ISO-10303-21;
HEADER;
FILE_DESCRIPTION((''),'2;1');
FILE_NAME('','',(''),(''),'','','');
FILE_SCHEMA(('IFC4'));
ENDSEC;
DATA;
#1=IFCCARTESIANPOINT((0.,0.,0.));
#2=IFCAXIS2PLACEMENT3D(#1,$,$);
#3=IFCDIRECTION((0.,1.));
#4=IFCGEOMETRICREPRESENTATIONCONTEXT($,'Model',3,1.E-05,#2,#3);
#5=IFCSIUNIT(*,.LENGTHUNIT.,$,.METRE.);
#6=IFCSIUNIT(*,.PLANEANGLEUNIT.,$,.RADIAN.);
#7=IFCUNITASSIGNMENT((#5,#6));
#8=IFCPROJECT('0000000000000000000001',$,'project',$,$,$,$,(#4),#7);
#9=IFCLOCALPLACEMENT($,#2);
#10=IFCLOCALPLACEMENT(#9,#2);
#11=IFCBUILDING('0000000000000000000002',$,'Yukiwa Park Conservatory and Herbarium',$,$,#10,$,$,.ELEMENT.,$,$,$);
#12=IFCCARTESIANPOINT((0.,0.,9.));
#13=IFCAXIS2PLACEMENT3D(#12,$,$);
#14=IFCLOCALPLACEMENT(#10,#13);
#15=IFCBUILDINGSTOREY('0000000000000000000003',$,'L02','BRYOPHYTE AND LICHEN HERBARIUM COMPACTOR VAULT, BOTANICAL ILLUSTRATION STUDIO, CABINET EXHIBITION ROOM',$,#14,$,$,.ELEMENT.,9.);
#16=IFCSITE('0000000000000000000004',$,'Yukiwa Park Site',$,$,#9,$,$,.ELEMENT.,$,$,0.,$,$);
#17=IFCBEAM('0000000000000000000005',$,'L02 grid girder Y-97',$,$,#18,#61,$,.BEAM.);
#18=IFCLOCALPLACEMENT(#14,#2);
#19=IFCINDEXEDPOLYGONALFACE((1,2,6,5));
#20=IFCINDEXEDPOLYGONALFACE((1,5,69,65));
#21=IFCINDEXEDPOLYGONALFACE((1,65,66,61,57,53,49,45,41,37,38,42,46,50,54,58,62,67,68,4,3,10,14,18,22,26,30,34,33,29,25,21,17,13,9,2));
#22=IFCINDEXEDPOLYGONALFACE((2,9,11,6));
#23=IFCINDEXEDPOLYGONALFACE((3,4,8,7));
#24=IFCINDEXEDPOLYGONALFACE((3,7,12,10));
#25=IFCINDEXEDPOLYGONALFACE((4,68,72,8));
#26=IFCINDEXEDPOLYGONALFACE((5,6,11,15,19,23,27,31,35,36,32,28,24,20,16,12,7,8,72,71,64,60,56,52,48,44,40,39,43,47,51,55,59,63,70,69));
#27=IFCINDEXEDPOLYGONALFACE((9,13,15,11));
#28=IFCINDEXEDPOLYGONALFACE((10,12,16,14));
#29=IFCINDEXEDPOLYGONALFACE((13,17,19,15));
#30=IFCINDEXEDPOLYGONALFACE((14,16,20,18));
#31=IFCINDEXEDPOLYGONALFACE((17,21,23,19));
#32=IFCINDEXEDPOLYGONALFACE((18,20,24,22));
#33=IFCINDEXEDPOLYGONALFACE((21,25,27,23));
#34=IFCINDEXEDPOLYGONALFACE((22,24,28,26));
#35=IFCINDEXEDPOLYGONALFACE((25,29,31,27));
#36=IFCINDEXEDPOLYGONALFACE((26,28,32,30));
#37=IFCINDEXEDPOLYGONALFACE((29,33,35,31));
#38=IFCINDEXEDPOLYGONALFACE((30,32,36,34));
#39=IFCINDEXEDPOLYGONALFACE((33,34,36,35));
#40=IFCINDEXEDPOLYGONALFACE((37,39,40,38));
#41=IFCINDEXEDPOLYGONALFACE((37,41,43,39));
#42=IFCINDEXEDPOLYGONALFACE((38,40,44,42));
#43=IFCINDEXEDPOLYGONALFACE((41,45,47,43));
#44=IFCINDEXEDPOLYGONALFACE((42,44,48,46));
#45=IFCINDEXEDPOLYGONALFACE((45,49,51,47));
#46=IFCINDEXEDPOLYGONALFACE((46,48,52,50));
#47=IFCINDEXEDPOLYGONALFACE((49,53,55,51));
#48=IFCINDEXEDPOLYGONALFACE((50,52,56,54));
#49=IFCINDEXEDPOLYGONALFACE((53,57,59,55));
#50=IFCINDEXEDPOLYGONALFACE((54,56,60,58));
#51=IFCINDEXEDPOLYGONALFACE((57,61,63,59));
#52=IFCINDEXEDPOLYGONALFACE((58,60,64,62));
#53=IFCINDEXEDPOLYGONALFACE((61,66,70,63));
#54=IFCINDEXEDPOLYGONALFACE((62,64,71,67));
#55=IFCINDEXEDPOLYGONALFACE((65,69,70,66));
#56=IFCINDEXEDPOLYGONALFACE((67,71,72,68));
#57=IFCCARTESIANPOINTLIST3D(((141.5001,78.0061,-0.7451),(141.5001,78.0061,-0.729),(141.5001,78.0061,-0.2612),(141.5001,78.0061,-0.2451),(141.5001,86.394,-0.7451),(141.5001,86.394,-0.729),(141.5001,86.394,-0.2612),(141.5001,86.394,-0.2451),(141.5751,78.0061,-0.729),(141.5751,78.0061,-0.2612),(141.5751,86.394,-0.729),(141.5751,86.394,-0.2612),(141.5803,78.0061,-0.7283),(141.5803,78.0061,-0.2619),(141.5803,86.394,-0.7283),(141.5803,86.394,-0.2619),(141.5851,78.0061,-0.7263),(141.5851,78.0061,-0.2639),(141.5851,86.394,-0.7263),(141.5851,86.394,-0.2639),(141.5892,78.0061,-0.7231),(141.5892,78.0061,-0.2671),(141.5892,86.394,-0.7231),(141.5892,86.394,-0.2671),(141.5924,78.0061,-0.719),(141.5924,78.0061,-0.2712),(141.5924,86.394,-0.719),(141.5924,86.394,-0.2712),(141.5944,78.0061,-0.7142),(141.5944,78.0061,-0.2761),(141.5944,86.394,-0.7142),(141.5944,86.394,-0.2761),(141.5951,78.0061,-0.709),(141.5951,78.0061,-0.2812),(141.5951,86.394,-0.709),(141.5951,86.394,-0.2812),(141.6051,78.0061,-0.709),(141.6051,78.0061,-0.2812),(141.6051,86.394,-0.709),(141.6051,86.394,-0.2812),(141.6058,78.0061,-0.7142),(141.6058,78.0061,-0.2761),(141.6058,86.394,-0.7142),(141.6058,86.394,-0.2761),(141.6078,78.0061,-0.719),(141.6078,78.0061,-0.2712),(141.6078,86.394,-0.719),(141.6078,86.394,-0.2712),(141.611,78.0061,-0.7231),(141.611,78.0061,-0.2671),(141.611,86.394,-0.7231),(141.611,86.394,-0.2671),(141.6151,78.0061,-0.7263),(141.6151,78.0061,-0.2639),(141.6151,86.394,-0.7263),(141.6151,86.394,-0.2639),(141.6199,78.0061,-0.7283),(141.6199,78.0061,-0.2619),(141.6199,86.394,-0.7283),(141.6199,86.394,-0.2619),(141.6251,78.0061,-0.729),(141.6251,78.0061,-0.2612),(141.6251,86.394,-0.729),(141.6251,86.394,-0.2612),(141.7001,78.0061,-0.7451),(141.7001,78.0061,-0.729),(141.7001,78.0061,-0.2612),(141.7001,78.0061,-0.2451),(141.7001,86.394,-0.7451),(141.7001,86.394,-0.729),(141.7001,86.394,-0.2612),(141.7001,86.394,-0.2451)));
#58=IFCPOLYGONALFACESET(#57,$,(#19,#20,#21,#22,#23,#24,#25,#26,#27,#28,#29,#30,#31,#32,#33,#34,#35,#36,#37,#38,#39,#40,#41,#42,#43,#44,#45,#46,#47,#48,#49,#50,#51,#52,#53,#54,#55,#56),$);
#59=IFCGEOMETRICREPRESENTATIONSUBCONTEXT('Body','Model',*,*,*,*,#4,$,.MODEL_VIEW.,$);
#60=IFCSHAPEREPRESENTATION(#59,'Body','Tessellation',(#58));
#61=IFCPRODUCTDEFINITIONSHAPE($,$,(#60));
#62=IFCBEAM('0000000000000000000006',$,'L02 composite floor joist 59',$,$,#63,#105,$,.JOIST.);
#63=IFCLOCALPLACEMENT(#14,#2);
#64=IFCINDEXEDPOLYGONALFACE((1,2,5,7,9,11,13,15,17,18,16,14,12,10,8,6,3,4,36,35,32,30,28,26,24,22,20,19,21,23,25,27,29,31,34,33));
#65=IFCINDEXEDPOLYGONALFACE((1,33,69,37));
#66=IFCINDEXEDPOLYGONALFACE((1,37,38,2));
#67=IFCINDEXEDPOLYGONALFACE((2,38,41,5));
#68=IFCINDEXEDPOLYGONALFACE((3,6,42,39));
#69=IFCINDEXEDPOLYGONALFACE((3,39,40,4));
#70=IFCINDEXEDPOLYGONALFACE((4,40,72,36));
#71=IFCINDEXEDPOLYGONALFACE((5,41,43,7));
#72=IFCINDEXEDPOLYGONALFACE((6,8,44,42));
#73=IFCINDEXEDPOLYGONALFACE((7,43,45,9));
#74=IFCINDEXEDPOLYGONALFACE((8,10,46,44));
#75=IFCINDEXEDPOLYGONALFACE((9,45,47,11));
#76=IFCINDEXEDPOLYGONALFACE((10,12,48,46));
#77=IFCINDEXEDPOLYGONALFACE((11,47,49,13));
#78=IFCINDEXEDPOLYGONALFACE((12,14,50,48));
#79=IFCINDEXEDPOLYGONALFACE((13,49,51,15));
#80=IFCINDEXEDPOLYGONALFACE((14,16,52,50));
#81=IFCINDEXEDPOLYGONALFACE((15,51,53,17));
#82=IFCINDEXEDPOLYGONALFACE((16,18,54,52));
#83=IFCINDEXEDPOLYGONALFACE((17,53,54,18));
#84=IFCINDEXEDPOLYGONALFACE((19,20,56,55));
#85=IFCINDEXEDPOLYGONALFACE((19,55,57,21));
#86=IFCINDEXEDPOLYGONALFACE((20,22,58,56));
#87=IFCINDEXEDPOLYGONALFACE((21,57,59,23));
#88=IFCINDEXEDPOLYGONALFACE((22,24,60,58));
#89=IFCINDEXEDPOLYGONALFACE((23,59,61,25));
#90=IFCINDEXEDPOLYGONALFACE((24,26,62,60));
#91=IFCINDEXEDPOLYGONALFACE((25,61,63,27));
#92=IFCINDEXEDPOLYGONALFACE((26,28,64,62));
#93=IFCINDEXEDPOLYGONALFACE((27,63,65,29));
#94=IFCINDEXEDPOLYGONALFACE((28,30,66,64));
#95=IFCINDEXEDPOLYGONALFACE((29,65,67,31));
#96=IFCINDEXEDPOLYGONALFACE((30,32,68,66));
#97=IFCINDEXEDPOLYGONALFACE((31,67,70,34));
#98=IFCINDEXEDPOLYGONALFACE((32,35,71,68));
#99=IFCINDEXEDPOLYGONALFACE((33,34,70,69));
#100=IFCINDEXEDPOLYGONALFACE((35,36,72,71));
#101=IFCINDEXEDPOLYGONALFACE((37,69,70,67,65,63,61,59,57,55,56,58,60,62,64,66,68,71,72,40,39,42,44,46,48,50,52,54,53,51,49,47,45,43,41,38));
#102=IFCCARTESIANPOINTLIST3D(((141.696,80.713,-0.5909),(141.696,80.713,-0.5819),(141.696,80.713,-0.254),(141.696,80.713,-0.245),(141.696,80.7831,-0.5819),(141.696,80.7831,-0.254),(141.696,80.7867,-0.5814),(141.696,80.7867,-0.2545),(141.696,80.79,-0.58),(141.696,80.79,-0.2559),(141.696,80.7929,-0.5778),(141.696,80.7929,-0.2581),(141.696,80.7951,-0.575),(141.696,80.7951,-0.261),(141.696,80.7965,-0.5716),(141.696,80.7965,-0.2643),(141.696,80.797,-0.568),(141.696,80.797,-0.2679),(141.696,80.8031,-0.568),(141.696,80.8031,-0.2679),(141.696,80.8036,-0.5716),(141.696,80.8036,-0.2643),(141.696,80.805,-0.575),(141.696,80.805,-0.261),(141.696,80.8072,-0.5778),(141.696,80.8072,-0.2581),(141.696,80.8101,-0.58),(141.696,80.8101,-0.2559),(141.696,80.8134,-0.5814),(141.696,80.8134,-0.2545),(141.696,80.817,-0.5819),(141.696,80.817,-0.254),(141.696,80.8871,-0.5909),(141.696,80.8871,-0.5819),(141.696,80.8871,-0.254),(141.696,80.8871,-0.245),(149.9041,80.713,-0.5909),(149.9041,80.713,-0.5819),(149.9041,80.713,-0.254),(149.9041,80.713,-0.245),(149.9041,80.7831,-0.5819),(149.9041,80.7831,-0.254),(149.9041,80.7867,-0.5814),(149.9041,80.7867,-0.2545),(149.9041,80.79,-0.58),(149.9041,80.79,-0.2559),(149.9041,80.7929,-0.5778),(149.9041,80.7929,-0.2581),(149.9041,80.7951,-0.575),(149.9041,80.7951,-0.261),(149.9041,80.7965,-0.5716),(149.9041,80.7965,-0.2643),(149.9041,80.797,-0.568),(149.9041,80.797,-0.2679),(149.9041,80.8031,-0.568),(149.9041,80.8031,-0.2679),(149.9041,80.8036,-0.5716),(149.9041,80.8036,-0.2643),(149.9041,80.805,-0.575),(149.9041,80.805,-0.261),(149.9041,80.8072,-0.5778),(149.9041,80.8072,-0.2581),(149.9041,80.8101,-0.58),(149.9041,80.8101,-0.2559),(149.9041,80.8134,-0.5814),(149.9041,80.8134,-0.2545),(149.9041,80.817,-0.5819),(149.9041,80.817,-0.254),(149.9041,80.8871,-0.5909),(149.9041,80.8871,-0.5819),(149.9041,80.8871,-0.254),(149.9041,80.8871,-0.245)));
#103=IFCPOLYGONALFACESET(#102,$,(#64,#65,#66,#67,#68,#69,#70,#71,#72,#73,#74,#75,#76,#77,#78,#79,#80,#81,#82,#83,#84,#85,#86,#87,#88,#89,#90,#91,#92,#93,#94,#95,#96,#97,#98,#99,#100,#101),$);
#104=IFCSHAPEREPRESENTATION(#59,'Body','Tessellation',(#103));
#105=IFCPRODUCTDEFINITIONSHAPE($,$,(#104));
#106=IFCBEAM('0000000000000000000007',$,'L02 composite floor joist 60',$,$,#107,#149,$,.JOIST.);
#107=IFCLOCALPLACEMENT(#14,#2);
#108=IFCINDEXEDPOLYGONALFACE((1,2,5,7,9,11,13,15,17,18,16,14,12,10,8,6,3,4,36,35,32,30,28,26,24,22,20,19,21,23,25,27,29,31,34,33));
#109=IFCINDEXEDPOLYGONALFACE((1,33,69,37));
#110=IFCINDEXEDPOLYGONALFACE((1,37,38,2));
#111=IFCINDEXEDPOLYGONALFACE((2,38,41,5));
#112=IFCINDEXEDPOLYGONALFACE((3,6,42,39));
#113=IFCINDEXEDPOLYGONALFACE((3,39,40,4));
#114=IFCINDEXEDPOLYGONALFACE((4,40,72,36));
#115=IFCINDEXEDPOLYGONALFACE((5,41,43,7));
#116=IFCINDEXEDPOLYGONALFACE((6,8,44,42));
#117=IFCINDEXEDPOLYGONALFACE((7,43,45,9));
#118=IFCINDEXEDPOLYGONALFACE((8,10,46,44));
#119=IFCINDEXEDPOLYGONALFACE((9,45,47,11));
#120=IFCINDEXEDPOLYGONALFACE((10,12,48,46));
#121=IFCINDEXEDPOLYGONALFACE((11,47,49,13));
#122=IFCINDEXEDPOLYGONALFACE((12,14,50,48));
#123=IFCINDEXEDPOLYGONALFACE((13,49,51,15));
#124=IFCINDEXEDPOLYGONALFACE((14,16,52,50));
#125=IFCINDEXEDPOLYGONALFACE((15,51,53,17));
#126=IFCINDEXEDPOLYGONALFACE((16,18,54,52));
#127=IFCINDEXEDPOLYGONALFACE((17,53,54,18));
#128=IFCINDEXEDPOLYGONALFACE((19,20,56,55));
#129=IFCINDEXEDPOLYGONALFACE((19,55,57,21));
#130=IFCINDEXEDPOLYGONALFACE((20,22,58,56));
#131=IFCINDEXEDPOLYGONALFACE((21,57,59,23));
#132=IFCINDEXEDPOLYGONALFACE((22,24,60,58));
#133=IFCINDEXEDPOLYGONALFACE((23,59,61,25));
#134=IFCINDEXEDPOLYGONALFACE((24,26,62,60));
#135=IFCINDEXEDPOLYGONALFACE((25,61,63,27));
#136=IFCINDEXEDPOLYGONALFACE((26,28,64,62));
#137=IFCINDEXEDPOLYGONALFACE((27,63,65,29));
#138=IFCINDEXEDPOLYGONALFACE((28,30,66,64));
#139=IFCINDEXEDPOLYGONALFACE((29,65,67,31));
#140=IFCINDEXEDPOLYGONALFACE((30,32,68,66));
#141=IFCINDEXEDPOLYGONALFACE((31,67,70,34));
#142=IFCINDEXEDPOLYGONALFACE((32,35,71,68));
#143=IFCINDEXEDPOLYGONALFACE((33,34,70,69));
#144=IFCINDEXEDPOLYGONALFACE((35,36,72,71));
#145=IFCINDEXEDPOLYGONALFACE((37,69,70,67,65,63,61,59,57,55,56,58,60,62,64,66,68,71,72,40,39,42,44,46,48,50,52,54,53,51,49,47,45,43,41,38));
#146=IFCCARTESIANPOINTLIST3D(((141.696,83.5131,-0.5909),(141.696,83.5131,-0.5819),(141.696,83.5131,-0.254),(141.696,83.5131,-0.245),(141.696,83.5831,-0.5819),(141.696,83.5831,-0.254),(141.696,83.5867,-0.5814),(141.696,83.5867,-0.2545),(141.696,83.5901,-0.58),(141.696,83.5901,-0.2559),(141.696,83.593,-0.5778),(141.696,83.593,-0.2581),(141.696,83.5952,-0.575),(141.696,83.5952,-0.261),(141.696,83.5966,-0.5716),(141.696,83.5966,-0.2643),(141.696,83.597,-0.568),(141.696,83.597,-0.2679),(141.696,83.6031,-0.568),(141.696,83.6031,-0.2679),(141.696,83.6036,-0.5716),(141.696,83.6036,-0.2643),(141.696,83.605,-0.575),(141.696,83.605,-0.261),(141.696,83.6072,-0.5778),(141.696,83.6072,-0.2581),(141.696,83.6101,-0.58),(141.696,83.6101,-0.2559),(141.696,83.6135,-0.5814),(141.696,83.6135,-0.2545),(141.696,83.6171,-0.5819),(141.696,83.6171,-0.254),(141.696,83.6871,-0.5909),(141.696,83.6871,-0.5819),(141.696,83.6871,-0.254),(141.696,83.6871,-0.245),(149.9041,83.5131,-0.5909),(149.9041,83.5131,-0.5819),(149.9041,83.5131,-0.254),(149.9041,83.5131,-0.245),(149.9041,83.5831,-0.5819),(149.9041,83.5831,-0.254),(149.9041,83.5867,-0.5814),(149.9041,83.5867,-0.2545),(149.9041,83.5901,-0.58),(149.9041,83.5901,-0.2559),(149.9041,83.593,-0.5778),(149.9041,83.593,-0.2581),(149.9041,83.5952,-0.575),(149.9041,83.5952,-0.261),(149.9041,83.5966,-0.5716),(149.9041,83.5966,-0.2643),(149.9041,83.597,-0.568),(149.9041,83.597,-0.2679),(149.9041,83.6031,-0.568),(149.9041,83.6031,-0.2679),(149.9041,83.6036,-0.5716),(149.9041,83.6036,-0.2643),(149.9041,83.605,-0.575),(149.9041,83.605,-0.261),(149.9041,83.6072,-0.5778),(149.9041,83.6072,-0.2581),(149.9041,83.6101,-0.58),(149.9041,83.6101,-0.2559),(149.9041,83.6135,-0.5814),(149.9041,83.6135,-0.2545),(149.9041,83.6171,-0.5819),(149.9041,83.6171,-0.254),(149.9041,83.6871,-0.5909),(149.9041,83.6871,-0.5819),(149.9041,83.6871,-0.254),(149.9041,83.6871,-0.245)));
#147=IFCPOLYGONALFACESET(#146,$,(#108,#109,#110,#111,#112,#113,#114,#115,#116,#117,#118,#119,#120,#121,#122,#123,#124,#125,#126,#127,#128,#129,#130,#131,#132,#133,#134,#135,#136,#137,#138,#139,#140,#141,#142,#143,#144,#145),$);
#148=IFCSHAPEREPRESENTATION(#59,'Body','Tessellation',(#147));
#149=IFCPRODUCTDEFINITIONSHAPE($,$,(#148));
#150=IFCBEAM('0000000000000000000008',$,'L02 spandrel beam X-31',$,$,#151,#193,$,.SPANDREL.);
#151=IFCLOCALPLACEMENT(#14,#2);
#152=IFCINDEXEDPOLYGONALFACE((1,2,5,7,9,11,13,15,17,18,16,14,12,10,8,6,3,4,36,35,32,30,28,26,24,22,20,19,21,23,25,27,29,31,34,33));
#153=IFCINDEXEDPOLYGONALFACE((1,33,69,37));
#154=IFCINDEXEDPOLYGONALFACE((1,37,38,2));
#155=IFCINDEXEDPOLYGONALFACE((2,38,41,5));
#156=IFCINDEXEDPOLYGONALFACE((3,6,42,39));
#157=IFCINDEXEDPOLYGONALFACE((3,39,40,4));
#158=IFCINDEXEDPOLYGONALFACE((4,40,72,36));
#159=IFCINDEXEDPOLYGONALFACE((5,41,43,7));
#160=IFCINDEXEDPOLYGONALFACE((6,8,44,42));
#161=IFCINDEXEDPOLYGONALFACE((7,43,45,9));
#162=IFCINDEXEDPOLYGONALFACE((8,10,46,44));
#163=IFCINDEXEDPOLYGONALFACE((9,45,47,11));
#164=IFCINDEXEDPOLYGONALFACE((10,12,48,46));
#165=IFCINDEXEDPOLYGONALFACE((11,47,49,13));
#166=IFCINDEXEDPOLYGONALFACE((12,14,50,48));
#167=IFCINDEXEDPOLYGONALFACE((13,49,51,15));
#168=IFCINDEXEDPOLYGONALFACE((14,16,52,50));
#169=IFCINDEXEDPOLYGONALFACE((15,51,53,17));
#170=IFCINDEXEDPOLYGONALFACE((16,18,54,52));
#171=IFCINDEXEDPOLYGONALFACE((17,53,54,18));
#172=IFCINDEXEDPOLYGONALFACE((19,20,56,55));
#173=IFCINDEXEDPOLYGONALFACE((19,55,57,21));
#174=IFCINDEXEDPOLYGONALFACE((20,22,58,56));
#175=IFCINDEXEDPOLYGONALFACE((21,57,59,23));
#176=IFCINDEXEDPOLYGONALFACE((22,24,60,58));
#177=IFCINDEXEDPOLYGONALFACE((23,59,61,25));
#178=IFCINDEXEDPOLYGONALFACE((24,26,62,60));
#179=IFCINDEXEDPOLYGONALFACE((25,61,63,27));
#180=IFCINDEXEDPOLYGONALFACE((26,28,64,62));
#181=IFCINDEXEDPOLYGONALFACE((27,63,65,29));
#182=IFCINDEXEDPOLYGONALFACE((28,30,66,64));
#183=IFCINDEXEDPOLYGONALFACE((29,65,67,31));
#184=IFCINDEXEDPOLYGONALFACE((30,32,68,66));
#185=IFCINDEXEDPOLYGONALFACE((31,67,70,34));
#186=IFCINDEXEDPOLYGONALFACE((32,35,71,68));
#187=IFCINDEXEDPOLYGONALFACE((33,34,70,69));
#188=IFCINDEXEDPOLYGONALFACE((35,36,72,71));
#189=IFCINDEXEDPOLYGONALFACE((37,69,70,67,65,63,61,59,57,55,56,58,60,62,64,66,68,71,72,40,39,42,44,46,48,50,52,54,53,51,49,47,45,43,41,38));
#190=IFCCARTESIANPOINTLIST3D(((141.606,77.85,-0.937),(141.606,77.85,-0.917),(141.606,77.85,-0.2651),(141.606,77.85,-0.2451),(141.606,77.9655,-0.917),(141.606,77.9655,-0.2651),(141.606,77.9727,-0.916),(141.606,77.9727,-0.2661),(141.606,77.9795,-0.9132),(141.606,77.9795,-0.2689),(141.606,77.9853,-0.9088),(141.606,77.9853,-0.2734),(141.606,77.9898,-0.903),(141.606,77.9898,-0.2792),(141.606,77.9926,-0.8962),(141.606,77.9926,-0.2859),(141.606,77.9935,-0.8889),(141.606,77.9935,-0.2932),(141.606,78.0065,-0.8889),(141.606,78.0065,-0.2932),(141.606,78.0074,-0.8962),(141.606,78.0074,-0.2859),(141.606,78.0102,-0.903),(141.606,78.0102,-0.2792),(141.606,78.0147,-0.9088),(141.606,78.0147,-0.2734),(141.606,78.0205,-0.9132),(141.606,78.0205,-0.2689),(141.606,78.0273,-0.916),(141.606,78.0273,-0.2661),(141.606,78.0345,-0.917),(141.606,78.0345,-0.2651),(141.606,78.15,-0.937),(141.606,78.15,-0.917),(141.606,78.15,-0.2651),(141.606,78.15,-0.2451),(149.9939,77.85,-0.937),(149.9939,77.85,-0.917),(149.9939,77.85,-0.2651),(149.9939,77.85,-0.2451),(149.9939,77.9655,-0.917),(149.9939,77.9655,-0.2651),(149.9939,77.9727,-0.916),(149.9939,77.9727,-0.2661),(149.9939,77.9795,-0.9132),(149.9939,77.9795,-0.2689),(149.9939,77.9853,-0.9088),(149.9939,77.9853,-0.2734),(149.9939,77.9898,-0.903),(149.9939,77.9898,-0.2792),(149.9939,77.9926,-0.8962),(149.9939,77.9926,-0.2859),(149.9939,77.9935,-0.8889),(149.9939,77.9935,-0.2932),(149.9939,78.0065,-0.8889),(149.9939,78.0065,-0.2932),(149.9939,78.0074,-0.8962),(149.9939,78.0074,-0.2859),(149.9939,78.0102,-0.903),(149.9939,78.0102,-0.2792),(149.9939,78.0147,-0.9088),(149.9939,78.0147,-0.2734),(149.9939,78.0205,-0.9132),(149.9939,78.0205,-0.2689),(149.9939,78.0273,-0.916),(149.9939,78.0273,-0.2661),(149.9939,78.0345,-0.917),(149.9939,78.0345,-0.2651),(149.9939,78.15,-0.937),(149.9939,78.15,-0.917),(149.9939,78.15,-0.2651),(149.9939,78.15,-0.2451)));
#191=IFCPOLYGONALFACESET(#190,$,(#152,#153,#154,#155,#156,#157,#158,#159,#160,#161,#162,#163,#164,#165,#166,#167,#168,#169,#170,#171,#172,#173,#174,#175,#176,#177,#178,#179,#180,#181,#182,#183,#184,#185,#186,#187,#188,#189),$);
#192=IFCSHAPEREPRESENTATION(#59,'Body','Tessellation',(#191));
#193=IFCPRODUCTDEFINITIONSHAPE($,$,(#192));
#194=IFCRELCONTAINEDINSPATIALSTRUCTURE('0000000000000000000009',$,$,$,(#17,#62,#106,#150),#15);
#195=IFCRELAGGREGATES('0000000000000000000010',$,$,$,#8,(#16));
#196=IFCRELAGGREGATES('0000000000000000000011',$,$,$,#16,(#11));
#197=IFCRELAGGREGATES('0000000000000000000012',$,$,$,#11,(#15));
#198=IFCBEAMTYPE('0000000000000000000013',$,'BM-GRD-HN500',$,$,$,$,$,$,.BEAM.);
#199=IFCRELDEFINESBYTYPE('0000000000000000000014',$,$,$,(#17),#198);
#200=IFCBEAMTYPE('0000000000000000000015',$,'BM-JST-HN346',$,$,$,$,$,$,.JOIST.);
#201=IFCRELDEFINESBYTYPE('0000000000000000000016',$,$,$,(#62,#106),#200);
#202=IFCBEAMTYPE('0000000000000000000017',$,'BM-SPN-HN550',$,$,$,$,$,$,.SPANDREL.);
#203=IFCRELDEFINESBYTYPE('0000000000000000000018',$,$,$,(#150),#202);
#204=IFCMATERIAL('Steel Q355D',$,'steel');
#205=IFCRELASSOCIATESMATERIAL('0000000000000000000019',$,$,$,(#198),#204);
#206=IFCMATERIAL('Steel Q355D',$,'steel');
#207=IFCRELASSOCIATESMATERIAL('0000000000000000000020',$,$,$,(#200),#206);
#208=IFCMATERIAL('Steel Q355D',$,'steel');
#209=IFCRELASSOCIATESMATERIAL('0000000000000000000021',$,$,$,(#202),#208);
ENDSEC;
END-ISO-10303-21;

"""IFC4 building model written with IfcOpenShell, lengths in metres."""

from ifc_helpers import new_model, si_unit, direction, frame, origin, origin_2d, place, context, subcontext, project, spatial, i_section, extrude, material, material_profile, profile_set, type_object, element, save


model = new_model("IFC4")

# Units and contexts
model_context = context("Model", 3, precision=1e-05, world=origin(), true_north=direction((0.0, 1.0)))
body_context = subcontext(model_context, "Body", "Model", "MODEL_VIEW")
ifc_project = project(units=[si_unit("LENGTHUNIT", "METRE"), si_unit("PLANEANGLEUNIT", "RADIAN")], contexts=[model_context])

# Site, building, storey
site_placement = place(None, origin())
site = spatial("IfcSite", under=ifc_project, at=site_placement, Name="Yukiwa Park Site", CompositionType="ELEMENT", RefElevation=0.0)
building_placement = place(site_placement, origin())
building = spatial("IfcBuilding", under=site, at=building_placement, Name="Yukiwa Park Conservatory and Herbarium", CompositionType="ELEMENT")
storey_placement = place(building_placement, frame((0.0, 0.0, 9.0)))
storey = spatial("IfcBuildingStorey", under=building, at=storey_placement, Name="L02", Description="BRYOPHYTE AND LICHEN HERBARIUM COMPACTOR VAULT, BOTANICAL ILLUSTRATION STUDIO, CABINET EXHIBITION ROOM", CompositionType="ELEMENT", Elevation=9.0)

# Beams
ifc_material_1 = material(Name="Steel Q355D", Category="steel")
ifc_material_profile_1 = material_profile(ifc_material_1, i_section(OverallWidth=0.2, OverallDepth=0.5, WebThickness=0.01, FlangeThickness=0.0161, FilletRadius=0.02, at=origin_2d()), Name="HN 500x200x10x16")
ifc_profile_set_1 = profile_set([ifc_material_profile_1], Name="Steel Q355D")
beam_type_1 = type_object("IfcBeamType", Name="BM-GRD-HN500", PredefinedType="BEAM", material=ifc_profile_set_1)
beam_1_placement = place(storey_placement, frame((141.6001, 78.0061, -0.4951), z_axis=(0.0, 1.0, 0.0), x_axis=(-1.0, 0.0, 0.0)))
element("IfcBeam", 1, at=beam_1_placement, inside=storey, type_object=beam_type_1, Name="L02 grid girder Y-97", PredefinedType="BEAM", context=body_context, shape_type="SweptSolid", body=[
    extrude(i_section(OverallWidth=0.2, OverallDepth=0.5, WebThickness=0.01, FlangeThickness=0.0161, FilletRadius=0.02, at=origin_2d()), origin(), (0.0, 0.0, 1.0), 8.3879),
])
ifc_material_2 = material(Name="Steel Q355D", Category="steel")
ifc_material_profile_2 = material_profile(ifc_material_2, i_section(OverallWidth=0.1741, OverallDepth=0.3459, WebThickness=0.0061, FlangeThickness=0.009, FilletRadius=0.0139, at=origin_2d()), Name="HN 346x174x6x9")
ifc_profile_set_2 = profile_set([ifc_material_profile_2], Name="Steel Q355D")
beam_type_2 = type_object("IfcBeamType", Name="BM-JST-HN346", PredefinedType="JOIST", material=ifc_profile_set_2)
for number, where, z_axis, x_axis, name in (
    (2, (141.696, 80.8, -0.418), (1.0, 0.0, 0.0), (0.0, 1.0, 0.0), "L02 composite floor joist 59"),
    (3, (141.696, 83.6001, -0.418), (1.0, 0.0, 0.0), (0.0, 1.0, 0.0), "L02 composite floor joist 60"),
):
    element("IfcBeam", number, at=place(storey_placement, frame(where, z_axis=z_axis, x_axis=x_axis)), inside=storey, type_object=beam_type_2, Name=name, PredefinedType="JOIST", context=body_context, shape_type="SweptSolid", body=[
        extrude(i_section(OverallWidth=0.1741, OverallDepth=0.3459, WebThickness=0.0061, FlangeThickness=0.009, FilletRadius=0.0139, at=origin_2d()), origin(), (0.0, 0.0, 1.0), 8.208),
    ])
ifc_material_3 = material(Name="Steel Q355D", Category="steel")
ifc_material_profile_3 = material_profile(ifc_material_3, i_section(OverallWidth=0.3, OverallDepth=0.6919, WebThickness=0.0129, FlangeThickness=0.02, FilletRadius=0.0281, at=origin_2d()), Name="HN 692x300x13x20")
ifc_profile_set_3 = profile_set([ifc_material_profile_3], Name="Steel Q355D")
beam_type_3 = type_object("IfcBeamType", Name="BM-SPN-HN550", PredefinedType="SPANDREL", material=ifc_profile_set_3)
beam_2_placement = place(storey_placement, frame((141.606, 78.0, -0.5911), z_axis=(1.0, 0.0, 0.0), x_axis=(0.0, 1.0, 0.0)))
element("IfcBeam", 4, at=beam_2_placement, inside=storey, type_object=beam_type_3, Name="L02 spandrel beam X-31", PredefinedType="SPANDREL", context=body_context, shape_type="SweptSolid", body=[
    extrude(i_section(OverallWidth=0.3, OverallDepth=0.6919, WebThickness=0.0129, FlangeThickness=0.02, FilletRadius=0.0281, at=origin_2d()), origin(), (0.0, 0.0, 1.0), 8.3879),
])

save(model, "model.ifc")
